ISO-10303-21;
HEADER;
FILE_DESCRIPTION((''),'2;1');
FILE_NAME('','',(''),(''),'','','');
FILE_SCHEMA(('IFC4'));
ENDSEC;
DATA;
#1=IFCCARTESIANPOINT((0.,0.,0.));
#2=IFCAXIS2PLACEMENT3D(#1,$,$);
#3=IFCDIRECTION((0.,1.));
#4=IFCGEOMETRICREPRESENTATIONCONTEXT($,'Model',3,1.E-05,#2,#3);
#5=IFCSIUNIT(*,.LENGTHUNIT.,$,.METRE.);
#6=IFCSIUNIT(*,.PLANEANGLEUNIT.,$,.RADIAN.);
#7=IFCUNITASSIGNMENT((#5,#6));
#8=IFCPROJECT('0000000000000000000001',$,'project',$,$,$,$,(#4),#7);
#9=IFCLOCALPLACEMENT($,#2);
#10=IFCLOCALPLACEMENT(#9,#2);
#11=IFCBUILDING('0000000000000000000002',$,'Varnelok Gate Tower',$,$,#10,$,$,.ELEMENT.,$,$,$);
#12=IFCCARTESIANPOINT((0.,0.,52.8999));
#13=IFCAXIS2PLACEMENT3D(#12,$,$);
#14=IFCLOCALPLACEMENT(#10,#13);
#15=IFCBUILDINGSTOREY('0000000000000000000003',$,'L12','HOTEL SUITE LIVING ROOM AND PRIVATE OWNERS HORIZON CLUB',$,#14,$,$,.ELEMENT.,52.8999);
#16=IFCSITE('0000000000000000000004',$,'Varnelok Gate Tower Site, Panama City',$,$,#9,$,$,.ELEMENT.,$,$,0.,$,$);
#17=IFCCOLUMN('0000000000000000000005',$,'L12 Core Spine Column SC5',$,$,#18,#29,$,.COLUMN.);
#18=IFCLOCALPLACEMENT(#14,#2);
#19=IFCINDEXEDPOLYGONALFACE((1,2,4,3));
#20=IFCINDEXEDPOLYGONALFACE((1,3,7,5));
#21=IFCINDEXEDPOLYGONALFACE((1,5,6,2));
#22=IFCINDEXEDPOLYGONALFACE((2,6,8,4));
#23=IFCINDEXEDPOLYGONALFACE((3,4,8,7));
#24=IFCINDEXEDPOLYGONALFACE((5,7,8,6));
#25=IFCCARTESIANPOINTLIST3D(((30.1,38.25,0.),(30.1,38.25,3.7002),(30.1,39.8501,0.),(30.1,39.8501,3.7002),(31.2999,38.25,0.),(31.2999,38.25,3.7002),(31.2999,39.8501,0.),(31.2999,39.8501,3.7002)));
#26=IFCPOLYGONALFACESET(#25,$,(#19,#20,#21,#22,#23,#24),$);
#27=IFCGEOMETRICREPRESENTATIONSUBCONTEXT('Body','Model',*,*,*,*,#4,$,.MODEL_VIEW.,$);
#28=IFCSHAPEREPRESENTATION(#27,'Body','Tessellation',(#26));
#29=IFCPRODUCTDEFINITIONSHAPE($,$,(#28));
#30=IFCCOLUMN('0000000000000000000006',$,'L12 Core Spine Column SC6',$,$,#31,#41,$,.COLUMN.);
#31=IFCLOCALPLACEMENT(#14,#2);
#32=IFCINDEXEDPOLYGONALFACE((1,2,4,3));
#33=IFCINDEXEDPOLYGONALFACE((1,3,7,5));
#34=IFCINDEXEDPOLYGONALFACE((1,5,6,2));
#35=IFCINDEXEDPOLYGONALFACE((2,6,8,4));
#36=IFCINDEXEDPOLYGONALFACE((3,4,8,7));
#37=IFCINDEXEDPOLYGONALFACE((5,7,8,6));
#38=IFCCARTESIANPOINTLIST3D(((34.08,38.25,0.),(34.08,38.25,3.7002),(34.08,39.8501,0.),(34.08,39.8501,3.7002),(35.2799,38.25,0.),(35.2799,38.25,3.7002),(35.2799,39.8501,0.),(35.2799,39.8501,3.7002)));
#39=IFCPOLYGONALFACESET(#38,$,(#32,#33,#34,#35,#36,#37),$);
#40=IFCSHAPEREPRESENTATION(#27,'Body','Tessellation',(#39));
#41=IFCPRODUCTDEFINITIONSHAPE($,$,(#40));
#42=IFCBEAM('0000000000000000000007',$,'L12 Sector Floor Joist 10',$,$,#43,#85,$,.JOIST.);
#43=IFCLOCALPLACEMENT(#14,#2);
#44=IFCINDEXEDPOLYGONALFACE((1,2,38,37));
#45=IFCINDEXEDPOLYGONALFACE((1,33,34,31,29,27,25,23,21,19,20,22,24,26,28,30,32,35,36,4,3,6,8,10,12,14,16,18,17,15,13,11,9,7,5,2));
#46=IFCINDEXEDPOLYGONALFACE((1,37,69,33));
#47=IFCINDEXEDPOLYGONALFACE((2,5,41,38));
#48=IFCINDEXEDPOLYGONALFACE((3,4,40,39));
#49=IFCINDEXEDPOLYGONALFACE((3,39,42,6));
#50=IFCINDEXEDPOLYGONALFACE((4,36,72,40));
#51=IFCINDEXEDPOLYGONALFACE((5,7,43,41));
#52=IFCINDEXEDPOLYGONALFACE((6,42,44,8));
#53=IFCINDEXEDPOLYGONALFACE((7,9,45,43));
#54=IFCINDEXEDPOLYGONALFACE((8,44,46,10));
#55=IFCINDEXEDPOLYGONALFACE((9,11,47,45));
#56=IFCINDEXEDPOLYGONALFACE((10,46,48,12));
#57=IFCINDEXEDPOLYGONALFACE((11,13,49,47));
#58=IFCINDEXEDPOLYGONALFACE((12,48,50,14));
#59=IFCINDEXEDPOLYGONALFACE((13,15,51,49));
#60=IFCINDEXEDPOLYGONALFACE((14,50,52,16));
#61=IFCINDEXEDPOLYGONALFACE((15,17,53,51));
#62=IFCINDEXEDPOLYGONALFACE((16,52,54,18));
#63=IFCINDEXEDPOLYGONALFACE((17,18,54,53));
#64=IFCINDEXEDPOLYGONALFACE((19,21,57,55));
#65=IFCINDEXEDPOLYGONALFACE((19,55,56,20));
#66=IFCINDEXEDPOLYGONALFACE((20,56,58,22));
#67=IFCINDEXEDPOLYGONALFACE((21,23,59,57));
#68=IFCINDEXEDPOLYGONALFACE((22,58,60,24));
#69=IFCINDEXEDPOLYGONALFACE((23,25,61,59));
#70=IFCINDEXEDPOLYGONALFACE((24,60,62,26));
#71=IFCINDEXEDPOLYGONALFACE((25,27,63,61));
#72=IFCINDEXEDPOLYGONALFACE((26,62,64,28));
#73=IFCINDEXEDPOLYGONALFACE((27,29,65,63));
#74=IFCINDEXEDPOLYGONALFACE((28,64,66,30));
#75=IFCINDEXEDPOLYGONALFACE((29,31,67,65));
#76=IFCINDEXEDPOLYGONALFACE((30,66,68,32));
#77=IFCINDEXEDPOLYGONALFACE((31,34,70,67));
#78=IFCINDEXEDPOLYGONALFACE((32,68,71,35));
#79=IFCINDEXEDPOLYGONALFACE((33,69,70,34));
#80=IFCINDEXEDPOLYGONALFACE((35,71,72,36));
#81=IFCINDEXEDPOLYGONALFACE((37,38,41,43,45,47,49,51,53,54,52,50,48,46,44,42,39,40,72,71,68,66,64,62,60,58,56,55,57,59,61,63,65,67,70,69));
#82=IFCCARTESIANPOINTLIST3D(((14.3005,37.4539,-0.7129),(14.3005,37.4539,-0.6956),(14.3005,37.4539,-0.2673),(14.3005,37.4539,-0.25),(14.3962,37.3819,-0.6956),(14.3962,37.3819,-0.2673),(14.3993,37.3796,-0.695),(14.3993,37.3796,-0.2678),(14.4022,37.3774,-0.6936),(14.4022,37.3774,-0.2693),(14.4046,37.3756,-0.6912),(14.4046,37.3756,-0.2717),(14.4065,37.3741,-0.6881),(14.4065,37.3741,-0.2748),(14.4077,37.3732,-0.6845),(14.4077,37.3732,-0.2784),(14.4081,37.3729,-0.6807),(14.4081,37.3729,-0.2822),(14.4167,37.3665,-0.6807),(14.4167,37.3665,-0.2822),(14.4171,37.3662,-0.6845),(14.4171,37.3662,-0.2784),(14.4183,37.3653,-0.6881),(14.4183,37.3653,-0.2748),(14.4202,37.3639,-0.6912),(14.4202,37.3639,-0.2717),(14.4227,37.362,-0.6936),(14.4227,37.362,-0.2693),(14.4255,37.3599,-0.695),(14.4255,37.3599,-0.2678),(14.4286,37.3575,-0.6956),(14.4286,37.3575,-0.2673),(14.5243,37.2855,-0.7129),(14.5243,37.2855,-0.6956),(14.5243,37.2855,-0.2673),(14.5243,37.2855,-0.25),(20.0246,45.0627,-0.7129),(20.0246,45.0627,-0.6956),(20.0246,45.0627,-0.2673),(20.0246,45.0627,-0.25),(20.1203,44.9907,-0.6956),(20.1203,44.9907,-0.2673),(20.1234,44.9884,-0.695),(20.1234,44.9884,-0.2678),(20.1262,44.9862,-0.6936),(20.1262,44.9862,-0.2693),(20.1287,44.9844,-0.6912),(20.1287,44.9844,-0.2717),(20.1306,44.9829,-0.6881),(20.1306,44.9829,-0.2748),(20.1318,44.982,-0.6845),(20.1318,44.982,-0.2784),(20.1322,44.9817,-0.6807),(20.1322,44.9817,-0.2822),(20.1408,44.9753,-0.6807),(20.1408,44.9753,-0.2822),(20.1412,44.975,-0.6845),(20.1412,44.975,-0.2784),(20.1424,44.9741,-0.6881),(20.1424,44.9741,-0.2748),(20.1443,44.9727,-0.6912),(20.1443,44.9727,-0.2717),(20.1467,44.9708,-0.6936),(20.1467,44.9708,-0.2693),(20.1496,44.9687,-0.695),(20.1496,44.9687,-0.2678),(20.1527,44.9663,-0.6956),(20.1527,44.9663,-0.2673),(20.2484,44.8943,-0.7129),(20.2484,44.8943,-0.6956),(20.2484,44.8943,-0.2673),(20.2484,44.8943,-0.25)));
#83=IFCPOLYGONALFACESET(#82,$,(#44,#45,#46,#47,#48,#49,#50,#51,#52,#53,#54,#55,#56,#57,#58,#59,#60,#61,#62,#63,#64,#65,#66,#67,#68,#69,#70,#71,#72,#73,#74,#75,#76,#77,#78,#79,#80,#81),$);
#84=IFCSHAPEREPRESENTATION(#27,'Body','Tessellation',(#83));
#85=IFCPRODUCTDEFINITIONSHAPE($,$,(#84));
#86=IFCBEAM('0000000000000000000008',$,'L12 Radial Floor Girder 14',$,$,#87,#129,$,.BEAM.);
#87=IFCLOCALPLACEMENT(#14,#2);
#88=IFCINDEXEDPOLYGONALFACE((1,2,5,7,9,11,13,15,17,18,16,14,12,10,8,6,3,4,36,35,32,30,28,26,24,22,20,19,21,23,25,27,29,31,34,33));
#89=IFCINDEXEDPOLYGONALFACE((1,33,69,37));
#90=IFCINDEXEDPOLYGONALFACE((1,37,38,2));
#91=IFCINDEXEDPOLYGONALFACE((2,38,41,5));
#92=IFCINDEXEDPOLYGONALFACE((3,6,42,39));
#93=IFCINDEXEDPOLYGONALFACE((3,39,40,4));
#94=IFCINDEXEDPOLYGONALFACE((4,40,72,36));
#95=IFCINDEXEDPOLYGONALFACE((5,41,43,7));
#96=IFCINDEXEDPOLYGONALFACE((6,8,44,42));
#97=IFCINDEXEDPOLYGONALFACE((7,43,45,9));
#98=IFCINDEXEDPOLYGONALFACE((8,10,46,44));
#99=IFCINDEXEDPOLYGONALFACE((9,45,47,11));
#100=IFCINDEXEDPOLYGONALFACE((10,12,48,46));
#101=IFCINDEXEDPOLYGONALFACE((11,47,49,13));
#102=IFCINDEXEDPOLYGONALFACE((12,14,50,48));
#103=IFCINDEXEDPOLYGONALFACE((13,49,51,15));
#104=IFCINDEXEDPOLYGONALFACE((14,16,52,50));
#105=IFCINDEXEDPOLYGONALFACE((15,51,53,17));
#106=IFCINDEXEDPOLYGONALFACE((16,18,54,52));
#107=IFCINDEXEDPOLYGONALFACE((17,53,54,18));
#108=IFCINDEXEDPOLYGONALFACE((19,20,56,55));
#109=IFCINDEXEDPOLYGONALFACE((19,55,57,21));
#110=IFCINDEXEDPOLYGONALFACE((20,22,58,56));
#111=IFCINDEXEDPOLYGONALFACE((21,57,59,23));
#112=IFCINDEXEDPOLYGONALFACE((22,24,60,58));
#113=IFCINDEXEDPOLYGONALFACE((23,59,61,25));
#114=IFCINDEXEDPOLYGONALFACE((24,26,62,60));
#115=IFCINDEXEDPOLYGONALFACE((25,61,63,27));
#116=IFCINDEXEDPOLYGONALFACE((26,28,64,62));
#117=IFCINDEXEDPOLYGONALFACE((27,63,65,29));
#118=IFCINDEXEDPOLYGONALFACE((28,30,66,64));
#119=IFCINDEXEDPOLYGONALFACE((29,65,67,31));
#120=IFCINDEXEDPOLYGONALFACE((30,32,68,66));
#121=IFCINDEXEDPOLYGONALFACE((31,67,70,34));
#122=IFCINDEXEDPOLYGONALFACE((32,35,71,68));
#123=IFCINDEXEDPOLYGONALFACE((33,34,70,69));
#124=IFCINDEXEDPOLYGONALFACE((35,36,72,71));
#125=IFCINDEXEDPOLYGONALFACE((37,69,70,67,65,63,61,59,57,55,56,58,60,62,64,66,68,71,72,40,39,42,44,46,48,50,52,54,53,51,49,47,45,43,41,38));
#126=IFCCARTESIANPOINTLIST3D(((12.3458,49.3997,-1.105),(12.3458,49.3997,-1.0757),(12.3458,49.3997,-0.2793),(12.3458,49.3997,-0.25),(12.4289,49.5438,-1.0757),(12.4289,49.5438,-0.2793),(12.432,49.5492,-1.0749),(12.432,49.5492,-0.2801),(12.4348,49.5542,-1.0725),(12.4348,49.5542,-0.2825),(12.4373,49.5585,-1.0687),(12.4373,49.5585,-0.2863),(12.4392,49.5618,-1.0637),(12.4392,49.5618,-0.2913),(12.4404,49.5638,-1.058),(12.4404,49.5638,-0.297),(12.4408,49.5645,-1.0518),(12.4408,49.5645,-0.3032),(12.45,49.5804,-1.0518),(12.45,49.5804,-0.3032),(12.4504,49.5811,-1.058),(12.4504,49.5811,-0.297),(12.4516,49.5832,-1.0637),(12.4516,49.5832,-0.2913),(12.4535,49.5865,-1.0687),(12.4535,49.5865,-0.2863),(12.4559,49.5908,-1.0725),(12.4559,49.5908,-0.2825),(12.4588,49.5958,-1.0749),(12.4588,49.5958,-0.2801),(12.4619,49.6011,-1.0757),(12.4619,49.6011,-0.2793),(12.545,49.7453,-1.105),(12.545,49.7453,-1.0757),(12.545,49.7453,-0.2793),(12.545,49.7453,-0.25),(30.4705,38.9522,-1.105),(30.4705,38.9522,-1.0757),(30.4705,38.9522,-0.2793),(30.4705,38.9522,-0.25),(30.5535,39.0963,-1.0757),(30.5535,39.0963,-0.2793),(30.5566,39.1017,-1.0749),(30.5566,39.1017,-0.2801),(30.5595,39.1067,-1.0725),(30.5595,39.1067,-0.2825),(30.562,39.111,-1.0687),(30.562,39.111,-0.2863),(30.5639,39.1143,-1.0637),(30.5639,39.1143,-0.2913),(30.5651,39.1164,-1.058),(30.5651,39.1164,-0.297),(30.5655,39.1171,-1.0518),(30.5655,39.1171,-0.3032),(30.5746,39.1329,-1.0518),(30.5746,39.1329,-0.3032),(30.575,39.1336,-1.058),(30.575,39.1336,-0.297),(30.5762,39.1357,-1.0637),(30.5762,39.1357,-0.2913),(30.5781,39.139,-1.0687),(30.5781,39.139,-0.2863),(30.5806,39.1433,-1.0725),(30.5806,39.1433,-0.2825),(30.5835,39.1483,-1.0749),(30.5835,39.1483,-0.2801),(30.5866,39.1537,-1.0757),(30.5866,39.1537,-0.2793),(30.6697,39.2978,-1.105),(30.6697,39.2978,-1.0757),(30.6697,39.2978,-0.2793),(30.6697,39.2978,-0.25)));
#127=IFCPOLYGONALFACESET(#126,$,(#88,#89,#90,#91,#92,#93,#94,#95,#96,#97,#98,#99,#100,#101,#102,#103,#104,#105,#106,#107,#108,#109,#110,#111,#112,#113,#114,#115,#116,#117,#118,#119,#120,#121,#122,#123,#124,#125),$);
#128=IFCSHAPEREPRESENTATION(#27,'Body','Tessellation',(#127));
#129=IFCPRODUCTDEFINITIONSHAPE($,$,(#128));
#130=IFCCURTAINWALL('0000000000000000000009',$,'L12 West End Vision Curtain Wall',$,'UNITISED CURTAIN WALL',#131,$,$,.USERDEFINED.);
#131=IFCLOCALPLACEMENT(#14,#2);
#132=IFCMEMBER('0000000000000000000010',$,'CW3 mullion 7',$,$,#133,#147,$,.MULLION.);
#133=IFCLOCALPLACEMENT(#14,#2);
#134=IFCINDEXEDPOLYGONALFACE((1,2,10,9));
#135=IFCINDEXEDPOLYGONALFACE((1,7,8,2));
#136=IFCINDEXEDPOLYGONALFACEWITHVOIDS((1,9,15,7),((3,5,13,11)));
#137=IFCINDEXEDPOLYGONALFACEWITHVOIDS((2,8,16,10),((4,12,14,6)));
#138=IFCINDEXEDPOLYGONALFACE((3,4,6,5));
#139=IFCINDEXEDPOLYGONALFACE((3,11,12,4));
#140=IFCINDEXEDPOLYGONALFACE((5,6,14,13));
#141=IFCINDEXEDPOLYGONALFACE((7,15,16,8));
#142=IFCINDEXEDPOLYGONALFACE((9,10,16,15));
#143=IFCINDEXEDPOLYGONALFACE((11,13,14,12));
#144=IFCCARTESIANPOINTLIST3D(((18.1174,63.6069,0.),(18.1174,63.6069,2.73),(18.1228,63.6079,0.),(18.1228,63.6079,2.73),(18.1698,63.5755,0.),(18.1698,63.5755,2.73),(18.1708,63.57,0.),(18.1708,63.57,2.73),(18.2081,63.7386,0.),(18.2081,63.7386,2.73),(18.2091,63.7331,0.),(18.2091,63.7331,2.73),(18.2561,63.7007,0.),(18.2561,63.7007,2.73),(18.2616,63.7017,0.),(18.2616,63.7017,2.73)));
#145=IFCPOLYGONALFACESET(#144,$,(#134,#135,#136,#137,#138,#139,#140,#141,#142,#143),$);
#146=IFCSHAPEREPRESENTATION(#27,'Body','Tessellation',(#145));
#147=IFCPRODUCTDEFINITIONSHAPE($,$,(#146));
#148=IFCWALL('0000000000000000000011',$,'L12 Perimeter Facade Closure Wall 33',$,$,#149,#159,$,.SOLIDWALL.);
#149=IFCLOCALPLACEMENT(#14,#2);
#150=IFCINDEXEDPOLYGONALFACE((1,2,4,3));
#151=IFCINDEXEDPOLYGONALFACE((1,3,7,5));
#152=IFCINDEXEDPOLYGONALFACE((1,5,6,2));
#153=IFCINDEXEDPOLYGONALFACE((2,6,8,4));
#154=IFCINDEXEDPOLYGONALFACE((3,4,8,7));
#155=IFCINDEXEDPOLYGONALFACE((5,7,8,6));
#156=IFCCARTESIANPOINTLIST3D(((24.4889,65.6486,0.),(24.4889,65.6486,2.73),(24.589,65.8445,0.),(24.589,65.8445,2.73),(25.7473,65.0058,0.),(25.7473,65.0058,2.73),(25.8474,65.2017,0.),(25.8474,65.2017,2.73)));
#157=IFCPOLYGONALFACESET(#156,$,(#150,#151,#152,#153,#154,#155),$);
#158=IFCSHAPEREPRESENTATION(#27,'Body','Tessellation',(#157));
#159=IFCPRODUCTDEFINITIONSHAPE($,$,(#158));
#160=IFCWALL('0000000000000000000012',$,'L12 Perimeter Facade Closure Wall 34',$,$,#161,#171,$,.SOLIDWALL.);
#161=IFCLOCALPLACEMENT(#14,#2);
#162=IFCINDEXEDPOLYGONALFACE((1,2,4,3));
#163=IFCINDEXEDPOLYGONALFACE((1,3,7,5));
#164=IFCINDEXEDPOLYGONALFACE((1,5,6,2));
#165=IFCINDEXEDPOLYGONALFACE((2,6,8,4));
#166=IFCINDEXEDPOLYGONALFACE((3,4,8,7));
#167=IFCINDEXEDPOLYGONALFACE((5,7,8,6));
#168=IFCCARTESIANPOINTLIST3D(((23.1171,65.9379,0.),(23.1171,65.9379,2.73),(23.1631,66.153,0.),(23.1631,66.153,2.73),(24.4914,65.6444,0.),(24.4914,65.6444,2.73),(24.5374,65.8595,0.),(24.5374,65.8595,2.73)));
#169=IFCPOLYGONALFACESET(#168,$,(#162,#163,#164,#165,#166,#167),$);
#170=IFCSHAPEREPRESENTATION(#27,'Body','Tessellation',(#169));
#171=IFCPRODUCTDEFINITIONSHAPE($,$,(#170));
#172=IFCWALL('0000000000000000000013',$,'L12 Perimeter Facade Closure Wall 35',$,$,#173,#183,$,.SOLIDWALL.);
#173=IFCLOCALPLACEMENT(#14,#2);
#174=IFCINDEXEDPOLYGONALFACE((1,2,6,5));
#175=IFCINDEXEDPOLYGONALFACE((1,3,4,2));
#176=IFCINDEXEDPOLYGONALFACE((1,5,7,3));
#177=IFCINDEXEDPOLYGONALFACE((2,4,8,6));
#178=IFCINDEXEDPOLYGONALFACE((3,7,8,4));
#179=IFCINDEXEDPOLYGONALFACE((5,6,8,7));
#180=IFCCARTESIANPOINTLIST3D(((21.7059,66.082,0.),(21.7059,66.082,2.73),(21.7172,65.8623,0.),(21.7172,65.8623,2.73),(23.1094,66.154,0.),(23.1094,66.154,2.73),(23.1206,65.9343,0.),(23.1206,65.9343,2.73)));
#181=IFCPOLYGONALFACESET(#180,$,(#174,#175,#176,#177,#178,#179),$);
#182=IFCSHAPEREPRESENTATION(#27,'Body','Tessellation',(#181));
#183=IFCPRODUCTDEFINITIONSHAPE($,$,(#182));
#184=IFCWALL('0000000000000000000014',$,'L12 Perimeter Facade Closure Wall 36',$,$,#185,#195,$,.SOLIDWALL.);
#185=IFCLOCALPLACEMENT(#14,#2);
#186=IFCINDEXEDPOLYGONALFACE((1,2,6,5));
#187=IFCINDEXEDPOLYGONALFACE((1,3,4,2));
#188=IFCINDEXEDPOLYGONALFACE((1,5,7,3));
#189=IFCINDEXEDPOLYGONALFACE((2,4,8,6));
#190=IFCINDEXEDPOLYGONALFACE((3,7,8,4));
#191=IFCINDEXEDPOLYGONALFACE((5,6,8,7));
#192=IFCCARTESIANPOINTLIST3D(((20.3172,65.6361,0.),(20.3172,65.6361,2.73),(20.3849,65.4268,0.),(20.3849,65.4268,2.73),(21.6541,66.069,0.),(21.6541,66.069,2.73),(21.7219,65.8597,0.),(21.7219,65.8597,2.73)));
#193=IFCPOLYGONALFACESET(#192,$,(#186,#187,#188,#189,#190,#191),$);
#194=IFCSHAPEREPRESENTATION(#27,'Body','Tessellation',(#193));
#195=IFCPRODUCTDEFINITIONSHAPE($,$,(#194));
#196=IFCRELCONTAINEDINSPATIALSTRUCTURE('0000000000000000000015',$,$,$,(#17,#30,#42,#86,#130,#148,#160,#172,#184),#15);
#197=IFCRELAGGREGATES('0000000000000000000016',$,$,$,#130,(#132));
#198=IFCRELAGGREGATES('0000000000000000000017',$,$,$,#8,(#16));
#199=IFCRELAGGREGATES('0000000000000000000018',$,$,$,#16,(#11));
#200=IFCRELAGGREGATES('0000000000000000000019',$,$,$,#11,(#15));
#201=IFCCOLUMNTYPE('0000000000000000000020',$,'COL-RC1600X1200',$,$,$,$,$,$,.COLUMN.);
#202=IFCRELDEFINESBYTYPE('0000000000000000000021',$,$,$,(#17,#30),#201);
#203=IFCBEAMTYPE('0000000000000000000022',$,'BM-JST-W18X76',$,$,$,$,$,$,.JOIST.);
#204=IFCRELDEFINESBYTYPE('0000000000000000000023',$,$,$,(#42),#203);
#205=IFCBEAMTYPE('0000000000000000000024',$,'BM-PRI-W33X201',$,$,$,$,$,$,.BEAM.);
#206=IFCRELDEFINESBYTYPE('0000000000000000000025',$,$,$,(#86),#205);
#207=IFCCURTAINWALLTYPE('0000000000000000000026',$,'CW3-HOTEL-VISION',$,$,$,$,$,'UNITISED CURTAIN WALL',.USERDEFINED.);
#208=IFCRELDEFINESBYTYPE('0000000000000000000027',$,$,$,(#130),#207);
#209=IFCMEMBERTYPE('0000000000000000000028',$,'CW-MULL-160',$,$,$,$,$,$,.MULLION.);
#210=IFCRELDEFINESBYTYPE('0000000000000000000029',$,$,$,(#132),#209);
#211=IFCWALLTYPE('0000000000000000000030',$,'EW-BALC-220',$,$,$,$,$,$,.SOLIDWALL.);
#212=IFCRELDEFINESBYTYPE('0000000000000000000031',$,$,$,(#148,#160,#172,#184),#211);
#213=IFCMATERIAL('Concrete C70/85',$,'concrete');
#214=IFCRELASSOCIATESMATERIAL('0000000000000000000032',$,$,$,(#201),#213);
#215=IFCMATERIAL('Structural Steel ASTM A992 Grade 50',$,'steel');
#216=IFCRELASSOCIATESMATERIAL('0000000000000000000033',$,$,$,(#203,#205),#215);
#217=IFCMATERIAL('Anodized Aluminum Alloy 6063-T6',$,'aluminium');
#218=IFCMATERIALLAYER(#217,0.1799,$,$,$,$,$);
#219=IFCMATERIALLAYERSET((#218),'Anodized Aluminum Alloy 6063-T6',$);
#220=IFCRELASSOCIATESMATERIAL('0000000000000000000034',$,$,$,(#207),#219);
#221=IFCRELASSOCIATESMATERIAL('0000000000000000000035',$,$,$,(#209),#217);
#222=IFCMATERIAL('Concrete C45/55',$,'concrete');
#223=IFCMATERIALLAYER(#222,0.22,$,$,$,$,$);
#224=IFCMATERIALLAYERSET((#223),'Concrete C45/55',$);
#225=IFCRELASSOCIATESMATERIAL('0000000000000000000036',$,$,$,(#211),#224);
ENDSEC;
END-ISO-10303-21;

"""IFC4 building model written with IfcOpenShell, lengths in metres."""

from ifc_helpers import new_model, si_unit, direction, frame, frame_2d, origin, origin_2d, place, context, subcontext, project, spatial, rectangle, hollow_rectangle, i_section, extrude, material, layer, layer_set, material_profile, profile_set, type_object, element, aggregate, save


model = new_model("IFC4")

# Units and contexts
model_context = context("Model", 3, precision=1e-05, world=origin(), true_north=direction((0.0, 1.0)))
body_context = subcontext(model_context, "Body", "Model", "MODEL_VIEW")
ifc_project = project(units=[si_unit("LENGTHUNIT", "METRE"), si_unit("PLANEANGLEUNIT", "RADIAN")], contexts=[model_context])

# Site, building, storey
site_placement = place(None, origin())
site = spatial("IfcSite", under=ifc_project, at=site_placement, Name="Varnelok Gate Tower Site, Panama City", CompositionType="ELEMENT", RefElevation=0.0)
building_placement = place(site_placement, origin())
building = spatial("IfcBuilding", under=site, at=building_placement, Name="Varnelok Gate Tower", CompositionType="ELEMENT")
storey_placement = place(building_placement, frame((0.0, 0.0, 52.8999)))
storey = spatial("IfcBuildingStorey", under=building, at=storey_placement, Name="L12", Description="HOTEL SUITE LIVING ROOM AND PRIVATE OWNERS HORIZON CLUB", CompositionType="ELEMENT", Elevation=52.8999)

# Columns
ifc_material_1 = material(Name="Concrete C70/85", Category="concrete")
ifc_material_profile_1 = material_profile(ifc_material_1, rectangle(XDim=1.2, YDim=1.6001, at=origin_2d()), Name="RC1600X1200")
ifc_profile_set_1 = profile_set([ifc_material_profile_1], Name="Concrete C70/85")
column_type = type_object("IfcColumnType", Name="COL-RC1600X1200", PredefinedType="COLUMN", material=ifc_profile_set_1)
for number, where, z_axis, x_axis, name in (
    (1, (30.7, 39.05, 0.0), (0.0, 0.0, 1.0), (1.0, 0.0, 0.0), "L12 Core Spine Column SC5"),
    (2, (34.6799, 39.05, 0.0), (0.0, 0.0, 1.0), (1.0, 0.0, 0.0), "L12 Core Spine Column SC6"),
):
    element("IfcColumn", number, at=place(storey_placement, frame(where, z_axis=z_axis, x_axis=x_axis)), inside=storey, type_object=column_type, Name=name, PredefinedType="COLUMN", context=body_context, shape_type="SweptSolid", body=[
        extrude(rectangle(XDim=1.2, YDim=1.6001, at=origin_2d()), origin(), (0.0, 0.0, 1.0), 3.7002),
    ])

# Beams
ifc_material_2 = material(Name="Structural Steel ASTM A992 Grade 50", Category="steel")
ifc_material_profile_2 = material_profile(ifc_material_2, i_section(OverallWidth=0.28, OverallDepth=0.4629, WebThickness=0.0107, FlangeThickness=0.0173, FilletRadius=0.0149, at=origin_2d()), Name="W18X76")
ifc_profile_set_2 = profile_set([ifc_material_profile_2], Name="Structural Steel ASTM A992 Grade 50")
beam_type_1 = type_object("IfcBeamType", Name="BM-JST-W18X76", PredefinedType="JOIST", material=ifc_profile_set_2)
beam_1_placement = place(storey_placement, frame((20.1365, 44.9785, -0.4814), z_axis=(-0.601173, -0.799119, 0.0), x_axis=(0.799119, -0.601173, 0.0)))
element("IfcBeam", 3, at=beam_1_placement, inside=storey, type_object=beam_type_1, Name="L12 Sector Floor Joist 10", PredefinedType="JOIST", context=body_context, shape_type="SweptSolid", body=[
    extrude(i_section(OverallWidth=0.28, OverallDepth=0.4629, WebThickness=0.0107, FlangeThickness=0.0173, FilletRadius=0.0149, at=origin_2d()), origin(), (0.0, 0.0, 1.0), 9.5215),
])
ifc_material_profile_3 = material_profile(ifc_material_2, i_section(OverallWidth=0.3989, OverallDepth=0.855, WebThickness=0.0183, FlangeThickness=0.0293, FilletRadius=0.0239, at=origin_2d()), Name="W33X201")
ifc_profile_set_3 = profile_set([ifc_material_profile_3], Name="Structural Steel ASTM A992 Grade 50")
beam_type_2 = type_object("IfcBeamType", Name="BM-PRI-W33X201", PredefinedType="BEAM", material=ifc_profile_set_3)
beam_2_placement = place(storey_placement, frame((30.5701, 39.125, -0.6775), z_axis=(-0.866373, 0.499397, 0.0), x_axis=(-0.499397, -0.866373, 0.0)))
element("IfcBeam", 4, at=beam_2_placement, inside=storey, type_object=beam_type_2, Name="L12 Radial Floor Girder 14", PredefinedType="BEAM", context=body_context, shape_type="SweptSolid", body=[
    extrude(i_section(OverallWidth=0.3989, OverallDepth=0.855, WebThickness=0.0183, FlangeThickness=0.0293, FilletRadius=0.0239, at=origin_2d()), origin(), (0.0, 0.0, 1.0), 20.9202),
])

# Curtain wall, member
ifc_material_3 = material(Name="Anodized Aluminum Alloy 6063-T6", Category="aluminium")
ifc_layer_1 = layer(ifc_material_3, 0.1799)
ifc_layer_set_1 = layer_set([ifc_layer_1], Name="Anodized Aluminum Alloy 6063-T6")
curtain_wall_type = type_object("IfcCurtainWallType", Name="CW3-HOTEL-VISION", ElementType="UNITISED CURTAIN WALL", PredefinedType="USERDEFINED", material=ifc_layer_set_1)
curtain_wall_placement = place(storey_placement, origin())
curtain_wall = element("IfcCurtainWall", 5, at=curtain_wall_placement, inside=storey, type_object=curtain_wall_type, Name="L12 West End Vision Curtain Wall", ObjectType="UNITISED CURTAIN WALL", PredefinedType="USERDEFINED")
ifc_material_profile_4 = material_profile(ifc_material_3, hollow_rectangle(XDim=0.0649, YDim=0.1599, WallThickness=0.0039, at=origin_2d()), Name="ALU160X65X4")
ifc_profile_set_4 = profile_set([ifc_material_profile_4], Name="Anodized Aluminum Alloy 6063-T6")
member_type = type_object("IfcMemberType", Name="CW-MULL-160", PredefinedType="MULLION", material=ifc_profile_set_4)
member_placement = place(storey_placement, frame((18.1895, 63.6543, 0.0), z_axis=(0.0, 0.0, 1.0), x_axis=(-0.823533, 0.567269, 0.0)))
member = element("IfcMember", 6, at=member_placement, type_object=member_type, Name="CW3 mullion 7", PredefinedType="MULLION", context=body_context, shape_type="SweptSolid", body=[
    extrude(hollow_rectangle(XDim=0.0649, YDim=0.1599, WallThickness=0.0039, at=origin_2d()), origin(), (0.0, 0.0, 1.0), 2.73),
])
aggregate(curtain_wall, [member])

# Walls
ifc_material_4 = material(Name="Concrete C45/55", Category="concrete")
ifc_layer_2 = layer(ifc_material_4, 0.22)
ifc_layer_set_2 = layer_set([ifc_layer_2], Name="Concrete C45/55")
wall_type_1 = type_object("IfcWallType", Name="EW-BALC-220", PredefinedType="SOLIDWALL", material=ifc_layer_set_2)
wall_1_placement = place(storey_placement, frame((25.7974, 65.1038, 0.0), z_axis=(0.0, 0.0, 1.0), x_axis=(-0.890559, 0.454868, 0.0)))
element("IfcWall", 7, at=wall_1_placement, inside=storey, type_object=wall_type_1, Name="L12 Perimeter Facade Closure Wall 33", PredefinedType="SOLIDWALL", context=body_context, shape_type="SweptSolid", body=[
    extrude(rectangle(XDim=1.4131, YDim=0.22, at=frame_2d((0.7065, 0.0))), origin(), (0.0, 0.0, 1.0), 2.73),
])
for number, where, z_axis, x_axis, name in (
    (8, (24.5144, 65.752, 0.0), (0.0, 0.0, 1.0), (-0.977952, 0.208829, 0.0), "L12 Perimeter Facade Closure Wall 34"),
    (9, (23.115, 66.0442, 0.0), (0.0, 0.0, 1.0), (-0.998686, -0.051255, 0.0), "L12 Perimeter Facade Closure Wall 35"),
    (10, (21.688, 65.9644, 0.0), (0.0, 0.0, 1.0), (-0.951376, -0.308033, 0.0), "L12 Perimeter Facade Closure Wall 36"),
):
    element("IfcWall", number, at=place(storey_placement, frame(where, z_axis=z_axis, x_axis=x_axis)), inside=storey, type_object=wall_type_1, Name=name, PredefinedType="SOLIDWALL", context=body_context, shape_type="SweptSolid", body=[
        extrude(rectangle(XDim=1.4053, YDim=0.22, at=frame_2d((0.7026, 0.0))), origin(), (0.0, 0.0, 1.0), 2.73),
    ])

save(model, "model.ifc")
